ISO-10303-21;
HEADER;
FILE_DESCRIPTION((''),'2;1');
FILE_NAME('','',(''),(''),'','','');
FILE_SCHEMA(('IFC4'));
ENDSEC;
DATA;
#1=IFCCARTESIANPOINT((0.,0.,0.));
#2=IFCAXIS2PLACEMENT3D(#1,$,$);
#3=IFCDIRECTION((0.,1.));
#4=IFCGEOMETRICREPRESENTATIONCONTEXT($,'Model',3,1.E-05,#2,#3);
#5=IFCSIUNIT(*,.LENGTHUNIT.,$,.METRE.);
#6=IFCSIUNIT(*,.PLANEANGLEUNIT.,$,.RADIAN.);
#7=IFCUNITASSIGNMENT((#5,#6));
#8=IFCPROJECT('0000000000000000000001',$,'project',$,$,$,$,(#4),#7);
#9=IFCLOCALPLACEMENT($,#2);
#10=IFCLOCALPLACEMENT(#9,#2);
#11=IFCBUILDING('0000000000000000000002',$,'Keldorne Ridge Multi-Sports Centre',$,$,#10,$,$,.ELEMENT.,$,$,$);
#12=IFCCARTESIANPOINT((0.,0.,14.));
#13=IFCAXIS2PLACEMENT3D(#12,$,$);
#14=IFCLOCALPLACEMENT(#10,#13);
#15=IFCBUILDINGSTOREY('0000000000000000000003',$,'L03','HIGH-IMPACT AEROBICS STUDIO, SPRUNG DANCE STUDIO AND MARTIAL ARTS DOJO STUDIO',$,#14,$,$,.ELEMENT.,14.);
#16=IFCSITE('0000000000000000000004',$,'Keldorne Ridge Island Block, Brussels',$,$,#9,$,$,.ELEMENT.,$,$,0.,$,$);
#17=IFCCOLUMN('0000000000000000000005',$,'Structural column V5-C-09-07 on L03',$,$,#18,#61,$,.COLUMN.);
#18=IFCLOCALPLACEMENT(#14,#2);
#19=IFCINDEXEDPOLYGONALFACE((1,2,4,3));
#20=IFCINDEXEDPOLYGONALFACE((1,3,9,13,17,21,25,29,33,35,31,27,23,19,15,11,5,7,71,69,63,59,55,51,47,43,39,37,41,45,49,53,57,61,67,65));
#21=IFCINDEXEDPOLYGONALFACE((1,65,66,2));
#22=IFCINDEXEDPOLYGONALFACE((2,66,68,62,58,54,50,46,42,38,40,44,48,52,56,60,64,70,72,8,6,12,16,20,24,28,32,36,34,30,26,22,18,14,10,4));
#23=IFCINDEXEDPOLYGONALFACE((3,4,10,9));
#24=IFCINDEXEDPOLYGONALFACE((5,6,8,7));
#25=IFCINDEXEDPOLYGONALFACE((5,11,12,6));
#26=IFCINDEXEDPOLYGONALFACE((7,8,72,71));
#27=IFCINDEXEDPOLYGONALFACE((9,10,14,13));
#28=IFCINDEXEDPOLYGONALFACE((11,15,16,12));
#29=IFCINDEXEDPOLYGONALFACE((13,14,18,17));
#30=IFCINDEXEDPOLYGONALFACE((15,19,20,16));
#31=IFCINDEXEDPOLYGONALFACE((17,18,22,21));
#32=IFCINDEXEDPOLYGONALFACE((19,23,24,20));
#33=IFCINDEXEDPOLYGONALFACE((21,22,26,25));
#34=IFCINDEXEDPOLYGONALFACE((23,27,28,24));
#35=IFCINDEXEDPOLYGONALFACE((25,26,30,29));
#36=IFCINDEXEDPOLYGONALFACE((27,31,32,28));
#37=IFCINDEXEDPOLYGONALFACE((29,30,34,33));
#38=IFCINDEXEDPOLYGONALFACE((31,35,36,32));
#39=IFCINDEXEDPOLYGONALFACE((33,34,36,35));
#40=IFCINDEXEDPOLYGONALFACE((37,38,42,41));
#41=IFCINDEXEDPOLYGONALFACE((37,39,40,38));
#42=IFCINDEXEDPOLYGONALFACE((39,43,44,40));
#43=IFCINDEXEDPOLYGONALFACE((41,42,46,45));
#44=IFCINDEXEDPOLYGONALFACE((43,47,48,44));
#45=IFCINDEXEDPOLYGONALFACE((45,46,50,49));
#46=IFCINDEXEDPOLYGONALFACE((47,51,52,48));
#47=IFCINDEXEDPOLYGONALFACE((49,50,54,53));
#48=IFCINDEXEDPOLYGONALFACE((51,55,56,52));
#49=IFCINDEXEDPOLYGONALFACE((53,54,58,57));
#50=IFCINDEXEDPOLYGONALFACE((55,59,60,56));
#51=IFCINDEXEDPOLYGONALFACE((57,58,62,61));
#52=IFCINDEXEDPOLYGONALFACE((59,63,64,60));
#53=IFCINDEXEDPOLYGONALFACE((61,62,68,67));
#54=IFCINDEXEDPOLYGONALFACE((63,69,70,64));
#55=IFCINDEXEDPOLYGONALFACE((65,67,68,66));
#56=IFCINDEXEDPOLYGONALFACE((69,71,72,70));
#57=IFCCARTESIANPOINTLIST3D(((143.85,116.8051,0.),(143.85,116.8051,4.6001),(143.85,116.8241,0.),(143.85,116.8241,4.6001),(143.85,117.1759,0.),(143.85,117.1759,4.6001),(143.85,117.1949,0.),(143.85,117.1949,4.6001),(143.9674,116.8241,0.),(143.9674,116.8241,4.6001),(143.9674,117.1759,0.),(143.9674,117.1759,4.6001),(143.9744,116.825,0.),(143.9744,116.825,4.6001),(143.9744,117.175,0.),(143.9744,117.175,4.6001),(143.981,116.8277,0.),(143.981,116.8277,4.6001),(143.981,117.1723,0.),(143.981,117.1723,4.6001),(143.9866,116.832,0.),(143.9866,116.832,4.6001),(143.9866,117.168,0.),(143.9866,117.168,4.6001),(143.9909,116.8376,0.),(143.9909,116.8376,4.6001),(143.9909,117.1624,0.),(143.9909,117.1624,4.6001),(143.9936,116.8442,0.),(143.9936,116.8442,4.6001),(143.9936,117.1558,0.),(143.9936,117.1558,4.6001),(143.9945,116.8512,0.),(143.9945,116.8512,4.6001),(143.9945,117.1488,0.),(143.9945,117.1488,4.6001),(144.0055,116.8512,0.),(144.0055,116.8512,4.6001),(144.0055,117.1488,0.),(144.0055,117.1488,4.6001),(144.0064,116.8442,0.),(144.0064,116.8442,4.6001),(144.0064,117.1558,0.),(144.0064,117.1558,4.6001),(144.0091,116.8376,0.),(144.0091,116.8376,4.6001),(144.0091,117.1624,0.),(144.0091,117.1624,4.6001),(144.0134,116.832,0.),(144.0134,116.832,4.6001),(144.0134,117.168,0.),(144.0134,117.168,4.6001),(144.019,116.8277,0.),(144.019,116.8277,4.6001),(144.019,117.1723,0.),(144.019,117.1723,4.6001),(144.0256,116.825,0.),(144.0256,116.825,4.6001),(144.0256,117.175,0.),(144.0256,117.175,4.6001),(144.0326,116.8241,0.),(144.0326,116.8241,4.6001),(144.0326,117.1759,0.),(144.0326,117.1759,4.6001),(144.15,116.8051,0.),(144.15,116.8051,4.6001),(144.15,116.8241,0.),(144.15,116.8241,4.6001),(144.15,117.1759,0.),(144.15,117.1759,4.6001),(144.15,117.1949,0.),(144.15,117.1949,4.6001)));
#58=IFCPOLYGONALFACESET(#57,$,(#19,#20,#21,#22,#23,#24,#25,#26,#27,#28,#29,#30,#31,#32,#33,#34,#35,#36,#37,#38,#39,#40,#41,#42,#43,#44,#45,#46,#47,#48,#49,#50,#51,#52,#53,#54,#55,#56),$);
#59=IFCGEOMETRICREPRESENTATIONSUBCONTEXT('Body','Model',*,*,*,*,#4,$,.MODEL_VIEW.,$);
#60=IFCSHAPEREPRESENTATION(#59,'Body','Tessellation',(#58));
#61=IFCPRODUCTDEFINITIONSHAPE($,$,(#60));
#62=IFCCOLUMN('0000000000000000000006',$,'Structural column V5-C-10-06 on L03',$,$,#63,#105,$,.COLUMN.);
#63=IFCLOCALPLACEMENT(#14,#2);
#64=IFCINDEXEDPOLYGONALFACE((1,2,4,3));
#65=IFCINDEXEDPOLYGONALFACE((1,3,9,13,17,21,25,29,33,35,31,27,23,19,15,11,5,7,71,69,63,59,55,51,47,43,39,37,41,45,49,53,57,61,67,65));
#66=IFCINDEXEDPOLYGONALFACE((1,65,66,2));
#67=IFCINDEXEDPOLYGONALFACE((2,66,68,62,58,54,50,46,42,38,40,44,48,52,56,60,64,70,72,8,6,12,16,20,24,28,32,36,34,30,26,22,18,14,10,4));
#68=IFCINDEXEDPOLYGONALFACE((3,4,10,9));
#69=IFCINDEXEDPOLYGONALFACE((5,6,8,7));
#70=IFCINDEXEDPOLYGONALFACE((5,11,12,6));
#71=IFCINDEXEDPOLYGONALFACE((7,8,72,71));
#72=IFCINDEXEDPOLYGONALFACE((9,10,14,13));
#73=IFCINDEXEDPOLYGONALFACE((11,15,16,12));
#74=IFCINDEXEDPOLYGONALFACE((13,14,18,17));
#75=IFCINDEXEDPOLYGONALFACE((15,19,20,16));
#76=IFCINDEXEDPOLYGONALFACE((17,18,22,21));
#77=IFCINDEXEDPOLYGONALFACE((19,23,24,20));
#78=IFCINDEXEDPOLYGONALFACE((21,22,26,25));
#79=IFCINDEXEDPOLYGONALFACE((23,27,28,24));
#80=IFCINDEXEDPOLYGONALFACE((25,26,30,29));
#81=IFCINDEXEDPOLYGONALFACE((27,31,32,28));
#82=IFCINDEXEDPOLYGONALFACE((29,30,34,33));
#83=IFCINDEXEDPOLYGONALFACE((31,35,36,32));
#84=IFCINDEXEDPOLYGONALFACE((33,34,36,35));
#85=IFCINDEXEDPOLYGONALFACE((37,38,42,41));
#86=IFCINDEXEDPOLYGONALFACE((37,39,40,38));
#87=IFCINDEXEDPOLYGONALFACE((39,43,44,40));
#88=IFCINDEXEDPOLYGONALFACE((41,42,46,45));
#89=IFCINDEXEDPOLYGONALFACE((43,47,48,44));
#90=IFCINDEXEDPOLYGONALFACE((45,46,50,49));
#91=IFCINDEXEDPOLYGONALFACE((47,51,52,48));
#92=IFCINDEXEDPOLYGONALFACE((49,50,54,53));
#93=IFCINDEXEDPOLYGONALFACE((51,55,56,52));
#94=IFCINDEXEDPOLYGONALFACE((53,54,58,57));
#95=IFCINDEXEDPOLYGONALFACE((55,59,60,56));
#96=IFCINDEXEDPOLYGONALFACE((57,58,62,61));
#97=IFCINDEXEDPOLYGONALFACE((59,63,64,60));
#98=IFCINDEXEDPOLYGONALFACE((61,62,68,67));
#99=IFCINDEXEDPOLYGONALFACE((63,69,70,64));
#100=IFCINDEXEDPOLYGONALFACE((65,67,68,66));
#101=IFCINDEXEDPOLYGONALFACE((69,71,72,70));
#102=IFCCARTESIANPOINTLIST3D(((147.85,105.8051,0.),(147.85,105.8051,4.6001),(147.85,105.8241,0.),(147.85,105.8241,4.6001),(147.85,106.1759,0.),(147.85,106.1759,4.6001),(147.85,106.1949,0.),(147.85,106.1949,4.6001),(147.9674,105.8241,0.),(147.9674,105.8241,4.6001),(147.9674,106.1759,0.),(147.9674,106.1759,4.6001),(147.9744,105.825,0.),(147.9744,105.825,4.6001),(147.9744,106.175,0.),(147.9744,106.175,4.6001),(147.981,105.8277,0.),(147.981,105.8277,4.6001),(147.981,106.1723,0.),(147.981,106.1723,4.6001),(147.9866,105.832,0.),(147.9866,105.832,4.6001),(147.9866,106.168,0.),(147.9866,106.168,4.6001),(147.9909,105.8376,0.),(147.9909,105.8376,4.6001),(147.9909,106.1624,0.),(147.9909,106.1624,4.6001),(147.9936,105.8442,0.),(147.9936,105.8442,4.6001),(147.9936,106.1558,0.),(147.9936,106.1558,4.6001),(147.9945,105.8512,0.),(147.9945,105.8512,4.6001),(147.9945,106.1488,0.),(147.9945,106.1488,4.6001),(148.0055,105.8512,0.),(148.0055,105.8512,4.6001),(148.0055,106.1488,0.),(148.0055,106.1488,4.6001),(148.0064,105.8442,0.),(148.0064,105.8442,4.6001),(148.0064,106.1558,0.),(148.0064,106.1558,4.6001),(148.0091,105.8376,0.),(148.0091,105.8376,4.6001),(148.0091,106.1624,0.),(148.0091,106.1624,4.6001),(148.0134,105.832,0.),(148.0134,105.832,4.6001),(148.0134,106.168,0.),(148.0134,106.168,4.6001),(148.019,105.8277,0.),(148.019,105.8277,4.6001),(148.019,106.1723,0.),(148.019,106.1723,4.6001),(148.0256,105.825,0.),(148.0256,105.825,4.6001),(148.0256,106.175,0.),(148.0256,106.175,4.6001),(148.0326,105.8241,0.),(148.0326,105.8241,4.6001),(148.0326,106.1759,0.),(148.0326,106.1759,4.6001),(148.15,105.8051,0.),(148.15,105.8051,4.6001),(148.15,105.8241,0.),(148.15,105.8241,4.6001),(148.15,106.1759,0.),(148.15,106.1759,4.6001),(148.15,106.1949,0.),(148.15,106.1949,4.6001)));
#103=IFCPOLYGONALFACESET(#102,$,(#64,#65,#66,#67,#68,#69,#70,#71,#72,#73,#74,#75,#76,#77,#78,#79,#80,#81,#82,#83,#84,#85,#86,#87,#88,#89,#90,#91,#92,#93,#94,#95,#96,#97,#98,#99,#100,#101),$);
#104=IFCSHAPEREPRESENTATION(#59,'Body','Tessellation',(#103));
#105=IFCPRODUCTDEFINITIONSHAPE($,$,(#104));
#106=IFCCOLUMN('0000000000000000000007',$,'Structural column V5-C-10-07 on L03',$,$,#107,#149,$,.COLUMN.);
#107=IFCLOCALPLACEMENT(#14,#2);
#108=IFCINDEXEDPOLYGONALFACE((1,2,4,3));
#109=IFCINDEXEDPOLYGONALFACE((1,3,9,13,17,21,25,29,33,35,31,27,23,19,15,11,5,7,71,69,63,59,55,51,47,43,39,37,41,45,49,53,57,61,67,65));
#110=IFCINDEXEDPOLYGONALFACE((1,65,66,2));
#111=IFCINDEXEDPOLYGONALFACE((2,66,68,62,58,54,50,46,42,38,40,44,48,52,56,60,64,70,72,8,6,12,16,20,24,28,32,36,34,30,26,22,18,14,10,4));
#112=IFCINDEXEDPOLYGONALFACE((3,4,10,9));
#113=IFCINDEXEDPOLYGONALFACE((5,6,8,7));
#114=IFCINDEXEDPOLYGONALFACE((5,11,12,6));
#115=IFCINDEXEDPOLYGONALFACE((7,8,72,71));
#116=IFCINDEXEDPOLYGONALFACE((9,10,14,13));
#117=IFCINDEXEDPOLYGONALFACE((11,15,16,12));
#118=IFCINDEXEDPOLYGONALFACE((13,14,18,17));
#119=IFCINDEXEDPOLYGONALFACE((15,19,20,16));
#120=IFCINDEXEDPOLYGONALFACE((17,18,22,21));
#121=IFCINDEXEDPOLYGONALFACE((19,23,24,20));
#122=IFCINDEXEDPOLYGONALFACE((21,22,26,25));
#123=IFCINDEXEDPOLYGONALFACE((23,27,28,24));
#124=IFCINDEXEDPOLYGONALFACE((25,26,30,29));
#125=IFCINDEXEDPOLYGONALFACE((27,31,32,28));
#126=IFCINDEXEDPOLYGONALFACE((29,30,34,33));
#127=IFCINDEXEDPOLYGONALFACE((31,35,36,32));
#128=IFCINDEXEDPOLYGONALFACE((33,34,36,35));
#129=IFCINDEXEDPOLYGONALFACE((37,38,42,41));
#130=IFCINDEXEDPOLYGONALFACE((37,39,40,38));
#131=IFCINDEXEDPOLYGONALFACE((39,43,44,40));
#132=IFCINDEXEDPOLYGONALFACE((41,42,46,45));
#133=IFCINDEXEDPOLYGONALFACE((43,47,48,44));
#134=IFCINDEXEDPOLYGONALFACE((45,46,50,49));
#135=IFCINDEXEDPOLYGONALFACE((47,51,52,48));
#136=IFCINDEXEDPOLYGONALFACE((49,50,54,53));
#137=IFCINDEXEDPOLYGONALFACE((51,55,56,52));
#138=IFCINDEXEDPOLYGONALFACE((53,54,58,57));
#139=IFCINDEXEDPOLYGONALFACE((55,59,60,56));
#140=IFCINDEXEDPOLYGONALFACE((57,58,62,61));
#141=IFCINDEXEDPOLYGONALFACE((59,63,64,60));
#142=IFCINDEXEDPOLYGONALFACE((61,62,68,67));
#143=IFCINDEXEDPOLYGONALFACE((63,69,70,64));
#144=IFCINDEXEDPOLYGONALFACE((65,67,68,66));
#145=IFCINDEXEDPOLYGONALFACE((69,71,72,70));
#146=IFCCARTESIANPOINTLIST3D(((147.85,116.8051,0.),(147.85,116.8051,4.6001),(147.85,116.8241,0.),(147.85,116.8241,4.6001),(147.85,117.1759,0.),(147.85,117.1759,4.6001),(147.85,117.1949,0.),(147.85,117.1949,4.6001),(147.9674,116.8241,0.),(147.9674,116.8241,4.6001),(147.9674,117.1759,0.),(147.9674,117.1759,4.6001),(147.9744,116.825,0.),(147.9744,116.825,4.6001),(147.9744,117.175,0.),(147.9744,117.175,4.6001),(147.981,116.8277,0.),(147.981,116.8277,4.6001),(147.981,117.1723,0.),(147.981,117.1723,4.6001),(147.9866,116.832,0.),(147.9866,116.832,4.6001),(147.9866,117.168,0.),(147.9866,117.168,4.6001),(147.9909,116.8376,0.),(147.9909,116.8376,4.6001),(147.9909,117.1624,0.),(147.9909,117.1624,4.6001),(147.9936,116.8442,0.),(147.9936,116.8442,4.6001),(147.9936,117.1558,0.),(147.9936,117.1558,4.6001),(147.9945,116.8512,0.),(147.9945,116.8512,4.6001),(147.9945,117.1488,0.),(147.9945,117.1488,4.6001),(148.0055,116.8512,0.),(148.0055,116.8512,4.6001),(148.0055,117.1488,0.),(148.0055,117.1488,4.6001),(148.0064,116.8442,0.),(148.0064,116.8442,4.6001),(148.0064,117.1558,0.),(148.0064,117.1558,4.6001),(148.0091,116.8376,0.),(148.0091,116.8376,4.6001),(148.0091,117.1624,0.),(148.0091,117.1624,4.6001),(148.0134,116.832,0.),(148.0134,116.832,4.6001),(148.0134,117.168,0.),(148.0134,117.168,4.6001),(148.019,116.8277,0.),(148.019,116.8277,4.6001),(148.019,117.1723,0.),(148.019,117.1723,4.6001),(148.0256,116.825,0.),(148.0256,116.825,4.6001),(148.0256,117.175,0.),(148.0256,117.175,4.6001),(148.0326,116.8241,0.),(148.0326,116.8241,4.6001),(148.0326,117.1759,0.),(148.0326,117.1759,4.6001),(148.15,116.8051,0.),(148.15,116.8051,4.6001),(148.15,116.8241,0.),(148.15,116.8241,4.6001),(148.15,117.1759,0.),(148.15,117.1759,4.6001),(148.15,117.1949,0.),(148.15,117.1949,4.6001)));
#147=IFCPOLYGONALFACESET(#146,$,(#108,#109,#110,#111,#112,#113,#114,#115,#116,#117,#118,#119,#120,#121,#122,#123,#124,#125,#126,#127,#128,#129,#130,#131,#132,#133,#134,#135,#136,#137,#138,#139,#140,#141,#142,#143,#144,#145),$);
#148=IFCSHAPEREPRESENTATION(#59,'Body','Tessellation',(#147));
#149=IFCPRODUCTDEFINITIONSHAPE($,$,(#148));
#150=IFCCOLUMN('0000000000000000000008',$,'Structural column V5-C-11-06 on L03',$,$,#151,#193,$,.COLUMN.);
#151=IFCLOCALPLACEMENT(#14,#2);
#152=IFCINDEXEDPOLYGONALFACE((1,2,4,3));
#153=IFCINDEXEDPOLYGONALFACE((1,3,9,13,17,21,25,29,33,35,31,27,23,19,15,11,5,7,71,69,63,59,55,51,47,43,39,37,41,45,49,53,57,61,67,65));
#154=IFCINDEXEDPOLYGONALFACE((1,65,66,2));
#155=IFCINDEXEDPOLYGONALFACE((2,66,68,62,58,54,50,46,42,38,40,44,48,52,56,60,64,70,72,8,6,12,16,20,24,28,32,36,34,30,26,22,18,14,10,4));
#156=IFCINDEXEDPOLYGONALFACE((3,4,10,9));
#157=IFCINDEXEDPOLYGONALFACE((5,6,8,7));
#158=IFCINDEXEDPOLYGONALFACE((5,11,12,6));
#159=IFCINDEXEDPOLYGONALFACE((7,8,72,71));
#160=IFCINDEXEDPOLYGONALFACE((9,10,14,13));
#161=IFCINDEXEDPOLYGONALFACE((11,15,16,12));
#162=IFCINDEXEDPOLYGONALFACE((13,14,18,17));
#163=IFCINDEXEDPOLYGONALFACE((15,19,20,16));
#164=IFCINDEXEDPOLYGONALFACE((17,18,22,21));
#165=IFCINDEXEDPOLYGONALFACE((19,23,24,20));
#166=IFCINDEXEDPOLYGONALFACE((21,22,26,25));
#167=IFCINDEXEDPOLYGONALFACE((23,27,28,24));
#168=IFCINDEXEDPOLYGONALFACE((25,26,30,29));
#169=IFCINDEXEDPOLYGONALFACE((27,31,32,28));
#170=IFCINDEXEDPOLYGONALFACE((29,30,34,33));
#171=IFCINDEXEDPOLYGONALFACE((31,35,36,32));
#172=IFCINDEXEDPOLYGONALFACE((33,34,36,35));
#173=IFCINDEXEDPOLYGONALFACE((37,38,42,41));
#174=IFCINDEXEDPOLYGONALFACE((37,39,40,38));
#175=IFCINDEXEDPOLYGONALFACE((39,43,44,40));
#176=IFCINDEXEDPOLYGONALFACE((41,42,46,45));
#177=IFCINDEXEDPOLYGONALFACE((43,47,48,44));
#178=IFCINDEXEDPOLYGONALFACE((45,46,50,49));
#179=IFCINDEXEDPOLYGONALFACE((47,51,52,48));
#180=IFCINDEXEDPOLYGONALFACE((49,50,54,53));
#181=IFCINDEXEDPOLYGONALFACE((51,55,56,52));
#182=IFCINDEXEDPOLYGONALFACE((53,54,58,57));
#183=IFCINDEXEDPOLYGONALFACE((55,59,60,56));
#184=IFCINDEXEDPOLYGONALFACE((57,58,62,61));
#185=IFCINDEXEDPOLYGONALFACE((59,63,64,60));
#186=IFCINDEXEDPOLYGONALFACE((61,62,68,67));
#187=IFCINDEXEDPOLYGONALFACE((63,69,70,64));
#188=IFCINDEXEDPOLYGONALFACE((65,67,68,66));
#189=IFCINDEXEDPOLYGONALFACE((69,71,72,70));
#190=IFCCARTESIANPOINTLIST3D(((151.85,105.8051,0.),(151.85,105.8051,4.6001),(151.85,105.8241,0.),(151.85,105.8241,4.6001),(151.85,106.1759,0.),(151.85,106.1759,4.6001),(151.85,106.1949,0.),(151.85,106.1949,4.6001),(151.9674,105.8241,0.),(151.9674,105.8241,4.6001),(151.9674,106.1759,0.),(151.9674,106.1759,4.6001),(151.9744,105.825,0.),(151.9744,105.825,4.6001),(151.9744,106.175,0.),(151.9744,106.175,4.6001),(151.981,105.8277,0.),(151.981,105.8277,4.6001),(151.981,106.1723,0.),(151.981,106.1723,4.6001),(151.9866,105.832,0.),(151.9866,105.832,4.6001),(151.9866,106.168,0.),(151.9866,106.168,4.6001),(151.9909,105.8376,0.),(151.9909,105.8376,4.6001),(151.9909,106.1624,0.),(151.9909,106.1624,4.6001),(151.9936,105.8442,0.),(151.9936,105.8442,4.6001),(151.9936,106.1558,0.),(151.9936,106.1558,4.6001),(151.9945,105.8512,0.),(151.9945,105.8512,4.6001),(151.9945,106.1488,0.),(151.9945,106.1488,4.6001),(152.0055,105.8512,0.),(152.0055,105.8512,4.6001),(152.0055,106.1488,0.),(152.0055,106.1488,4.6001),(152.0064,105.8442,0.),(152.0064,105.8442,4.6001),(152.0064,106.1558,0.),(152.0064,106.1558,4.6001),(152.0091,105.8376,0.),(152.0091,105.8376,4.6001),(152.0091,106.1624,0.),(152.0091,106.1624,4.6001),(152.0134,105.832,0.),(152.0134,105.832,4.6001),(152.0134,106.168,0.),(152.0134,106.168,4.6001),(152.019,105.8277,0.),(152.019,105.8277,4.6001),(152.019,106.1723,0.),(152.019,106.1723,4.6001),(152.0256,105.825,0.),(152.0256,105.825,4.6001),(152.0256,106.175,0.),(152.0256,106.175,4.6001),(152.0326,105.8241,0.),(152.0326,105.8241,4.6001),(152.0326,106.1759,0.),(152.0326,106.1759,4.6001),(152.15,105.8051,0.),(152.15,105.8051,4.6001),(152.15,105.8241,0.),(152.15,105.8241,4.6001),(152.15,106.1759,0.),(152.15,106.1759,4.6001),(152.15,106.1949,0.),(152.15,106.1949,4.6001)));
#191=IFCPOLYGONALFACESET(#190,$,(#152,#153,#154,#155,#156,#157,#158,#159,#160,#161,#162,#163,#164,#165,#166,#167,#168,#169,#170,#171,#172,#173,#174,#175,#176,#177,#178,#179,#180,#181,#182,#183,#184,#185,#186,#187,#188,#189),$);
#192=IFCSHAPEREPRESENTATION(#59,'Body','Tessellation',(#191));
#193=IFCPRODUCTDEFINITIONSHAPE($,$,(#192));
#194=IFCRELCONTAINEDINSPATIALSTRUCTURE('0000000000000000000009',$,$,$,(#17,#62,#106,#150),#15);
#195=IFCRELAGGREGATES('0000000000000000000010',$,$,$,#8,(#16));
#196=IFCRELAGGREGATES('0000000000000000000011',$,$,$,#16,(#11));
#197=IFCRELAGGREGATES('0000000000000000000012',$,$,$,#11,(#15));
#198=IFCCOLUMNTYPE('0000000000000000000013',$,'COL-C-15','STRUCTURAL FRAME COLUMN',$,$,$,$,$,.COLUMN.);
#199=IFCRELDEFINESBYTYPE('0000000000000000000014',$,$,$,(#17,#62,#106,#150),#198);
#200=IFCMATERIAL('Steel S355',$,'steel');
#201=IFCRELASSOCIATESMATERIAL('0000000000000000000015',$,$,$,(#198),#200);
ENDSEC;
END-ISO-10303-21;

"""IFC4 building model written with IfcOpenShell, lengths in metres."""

from ifc_helpers import new_model, si_unit, direction, frame, origin, origin_2d, place, context, subcontext, project, spatial, i_section, extrude, material, material_profile, profile_set, type_object, element, save


model = new_model("IFC4")

# Units and contexts
model_context = context("Model", 3, precision=1e-05, world=origin(), true_north=direction((0.0, 1.0)))
body_context = subcontext(model_context, "Body", "Model", "MODEL_VIEW")
ifc_project = project(units=[si_unit("LENGTHUNIT", "METRE"), si_unit("PLANEANGLEUNIT", "RADIAN")], contexts=[model_context])

# Site, building, storey
site_placement = place(None, origin())
site = spatial("IfcSite", under=ifc_project, at=site_placement, Name="Keldorne Ridge Island Block, Brussels", CompositionType="ELEMENT", RefElevation=0.0)
building_placement = place(site_placement, origin())
building = spatial("IfcBuilding", under=site, at=building_placement, Name="Keldorne Ridge Multi-Sports Centre", CompositionType="ELEMENT")
storey_placement = place(building_placement, frame((0.0, 0.0, 14.0)))
storey = spatial("IfcBuildingStorey", under=building, at=storey_placement, Name="L03", Description="HIGH-IMPACT AEROBICS STUDIO, SPRUNG DANCE STUDIO AND MARTIAL ARTS DOJO STUDIO", CompositionType="ELEMENT", Elevation=14.0)

# Columns
ifc_material_1 = material(Name="Steel S355", Category="steel")
ifc_material_profile_1 = material_profile(ifc_material_1, i_section(OverallWidth=0.3, OverallDepth=0.3899, WebThickness=0.011, FlangeThickness=0.019, FilletRadius=0.0271, at=origin_2d()), Name="HEA 400")
ifc_profile_set_1 = profile_set([ifc_material_profile_1], Name="Steel S355")
column_type = type_object("IfcColumnType", Name="COL-C-15", Description="STRUCTURAL FRAME COLUMN", PredefinedType="COLUMN", material=ifc_profile_set_1)
for number, where, z_axis, x_axis, name in (
    (1, (144.0, 117.0, 0.0), (0.0, 0.0, 1.0), (1.0, 0.0, 0.0), "Structural column V5-C-09-07 on L03"),
    (2, (148.0, 106.0, 0.0), (0.0, 0.0, 1.0), (1.0, 0.0, 0.0), "Structural column V5-C-10-06 on L03"),
    (3, (148.0, 117.0, 0.0), (0.0, 0.0, 1.0), (1.0, 0.0, 0.0), "Structural column V5-C-10-07 on L03"),
    (4, (152.0, 106.0, 0.0), (0.0, 0.0, 1.0), (1.0, 0.0, 0.0), "Structural column V5-C-11-06 on L03"),
):
    element("IfcColumn", number, at=place(storey_placement, frame(where, z_axis=z_axis, x_axis=x_axis)), inside=storey, type_object=column_type, Name=name, PredefinedType="COLUMN", context=body_context, shape_type="SweptSolid", body=[
        extrude(i_section(OverallWidth=0.3, OverallDepth=0.3899, WebThickness=0.011, FlangeThickness=0.019, FilletRadius=0.0271, at=origin_2d()), origin(), (0.0, 0.0, 1.0), 4.6001),
    ])

save(model, "model.ifc")
